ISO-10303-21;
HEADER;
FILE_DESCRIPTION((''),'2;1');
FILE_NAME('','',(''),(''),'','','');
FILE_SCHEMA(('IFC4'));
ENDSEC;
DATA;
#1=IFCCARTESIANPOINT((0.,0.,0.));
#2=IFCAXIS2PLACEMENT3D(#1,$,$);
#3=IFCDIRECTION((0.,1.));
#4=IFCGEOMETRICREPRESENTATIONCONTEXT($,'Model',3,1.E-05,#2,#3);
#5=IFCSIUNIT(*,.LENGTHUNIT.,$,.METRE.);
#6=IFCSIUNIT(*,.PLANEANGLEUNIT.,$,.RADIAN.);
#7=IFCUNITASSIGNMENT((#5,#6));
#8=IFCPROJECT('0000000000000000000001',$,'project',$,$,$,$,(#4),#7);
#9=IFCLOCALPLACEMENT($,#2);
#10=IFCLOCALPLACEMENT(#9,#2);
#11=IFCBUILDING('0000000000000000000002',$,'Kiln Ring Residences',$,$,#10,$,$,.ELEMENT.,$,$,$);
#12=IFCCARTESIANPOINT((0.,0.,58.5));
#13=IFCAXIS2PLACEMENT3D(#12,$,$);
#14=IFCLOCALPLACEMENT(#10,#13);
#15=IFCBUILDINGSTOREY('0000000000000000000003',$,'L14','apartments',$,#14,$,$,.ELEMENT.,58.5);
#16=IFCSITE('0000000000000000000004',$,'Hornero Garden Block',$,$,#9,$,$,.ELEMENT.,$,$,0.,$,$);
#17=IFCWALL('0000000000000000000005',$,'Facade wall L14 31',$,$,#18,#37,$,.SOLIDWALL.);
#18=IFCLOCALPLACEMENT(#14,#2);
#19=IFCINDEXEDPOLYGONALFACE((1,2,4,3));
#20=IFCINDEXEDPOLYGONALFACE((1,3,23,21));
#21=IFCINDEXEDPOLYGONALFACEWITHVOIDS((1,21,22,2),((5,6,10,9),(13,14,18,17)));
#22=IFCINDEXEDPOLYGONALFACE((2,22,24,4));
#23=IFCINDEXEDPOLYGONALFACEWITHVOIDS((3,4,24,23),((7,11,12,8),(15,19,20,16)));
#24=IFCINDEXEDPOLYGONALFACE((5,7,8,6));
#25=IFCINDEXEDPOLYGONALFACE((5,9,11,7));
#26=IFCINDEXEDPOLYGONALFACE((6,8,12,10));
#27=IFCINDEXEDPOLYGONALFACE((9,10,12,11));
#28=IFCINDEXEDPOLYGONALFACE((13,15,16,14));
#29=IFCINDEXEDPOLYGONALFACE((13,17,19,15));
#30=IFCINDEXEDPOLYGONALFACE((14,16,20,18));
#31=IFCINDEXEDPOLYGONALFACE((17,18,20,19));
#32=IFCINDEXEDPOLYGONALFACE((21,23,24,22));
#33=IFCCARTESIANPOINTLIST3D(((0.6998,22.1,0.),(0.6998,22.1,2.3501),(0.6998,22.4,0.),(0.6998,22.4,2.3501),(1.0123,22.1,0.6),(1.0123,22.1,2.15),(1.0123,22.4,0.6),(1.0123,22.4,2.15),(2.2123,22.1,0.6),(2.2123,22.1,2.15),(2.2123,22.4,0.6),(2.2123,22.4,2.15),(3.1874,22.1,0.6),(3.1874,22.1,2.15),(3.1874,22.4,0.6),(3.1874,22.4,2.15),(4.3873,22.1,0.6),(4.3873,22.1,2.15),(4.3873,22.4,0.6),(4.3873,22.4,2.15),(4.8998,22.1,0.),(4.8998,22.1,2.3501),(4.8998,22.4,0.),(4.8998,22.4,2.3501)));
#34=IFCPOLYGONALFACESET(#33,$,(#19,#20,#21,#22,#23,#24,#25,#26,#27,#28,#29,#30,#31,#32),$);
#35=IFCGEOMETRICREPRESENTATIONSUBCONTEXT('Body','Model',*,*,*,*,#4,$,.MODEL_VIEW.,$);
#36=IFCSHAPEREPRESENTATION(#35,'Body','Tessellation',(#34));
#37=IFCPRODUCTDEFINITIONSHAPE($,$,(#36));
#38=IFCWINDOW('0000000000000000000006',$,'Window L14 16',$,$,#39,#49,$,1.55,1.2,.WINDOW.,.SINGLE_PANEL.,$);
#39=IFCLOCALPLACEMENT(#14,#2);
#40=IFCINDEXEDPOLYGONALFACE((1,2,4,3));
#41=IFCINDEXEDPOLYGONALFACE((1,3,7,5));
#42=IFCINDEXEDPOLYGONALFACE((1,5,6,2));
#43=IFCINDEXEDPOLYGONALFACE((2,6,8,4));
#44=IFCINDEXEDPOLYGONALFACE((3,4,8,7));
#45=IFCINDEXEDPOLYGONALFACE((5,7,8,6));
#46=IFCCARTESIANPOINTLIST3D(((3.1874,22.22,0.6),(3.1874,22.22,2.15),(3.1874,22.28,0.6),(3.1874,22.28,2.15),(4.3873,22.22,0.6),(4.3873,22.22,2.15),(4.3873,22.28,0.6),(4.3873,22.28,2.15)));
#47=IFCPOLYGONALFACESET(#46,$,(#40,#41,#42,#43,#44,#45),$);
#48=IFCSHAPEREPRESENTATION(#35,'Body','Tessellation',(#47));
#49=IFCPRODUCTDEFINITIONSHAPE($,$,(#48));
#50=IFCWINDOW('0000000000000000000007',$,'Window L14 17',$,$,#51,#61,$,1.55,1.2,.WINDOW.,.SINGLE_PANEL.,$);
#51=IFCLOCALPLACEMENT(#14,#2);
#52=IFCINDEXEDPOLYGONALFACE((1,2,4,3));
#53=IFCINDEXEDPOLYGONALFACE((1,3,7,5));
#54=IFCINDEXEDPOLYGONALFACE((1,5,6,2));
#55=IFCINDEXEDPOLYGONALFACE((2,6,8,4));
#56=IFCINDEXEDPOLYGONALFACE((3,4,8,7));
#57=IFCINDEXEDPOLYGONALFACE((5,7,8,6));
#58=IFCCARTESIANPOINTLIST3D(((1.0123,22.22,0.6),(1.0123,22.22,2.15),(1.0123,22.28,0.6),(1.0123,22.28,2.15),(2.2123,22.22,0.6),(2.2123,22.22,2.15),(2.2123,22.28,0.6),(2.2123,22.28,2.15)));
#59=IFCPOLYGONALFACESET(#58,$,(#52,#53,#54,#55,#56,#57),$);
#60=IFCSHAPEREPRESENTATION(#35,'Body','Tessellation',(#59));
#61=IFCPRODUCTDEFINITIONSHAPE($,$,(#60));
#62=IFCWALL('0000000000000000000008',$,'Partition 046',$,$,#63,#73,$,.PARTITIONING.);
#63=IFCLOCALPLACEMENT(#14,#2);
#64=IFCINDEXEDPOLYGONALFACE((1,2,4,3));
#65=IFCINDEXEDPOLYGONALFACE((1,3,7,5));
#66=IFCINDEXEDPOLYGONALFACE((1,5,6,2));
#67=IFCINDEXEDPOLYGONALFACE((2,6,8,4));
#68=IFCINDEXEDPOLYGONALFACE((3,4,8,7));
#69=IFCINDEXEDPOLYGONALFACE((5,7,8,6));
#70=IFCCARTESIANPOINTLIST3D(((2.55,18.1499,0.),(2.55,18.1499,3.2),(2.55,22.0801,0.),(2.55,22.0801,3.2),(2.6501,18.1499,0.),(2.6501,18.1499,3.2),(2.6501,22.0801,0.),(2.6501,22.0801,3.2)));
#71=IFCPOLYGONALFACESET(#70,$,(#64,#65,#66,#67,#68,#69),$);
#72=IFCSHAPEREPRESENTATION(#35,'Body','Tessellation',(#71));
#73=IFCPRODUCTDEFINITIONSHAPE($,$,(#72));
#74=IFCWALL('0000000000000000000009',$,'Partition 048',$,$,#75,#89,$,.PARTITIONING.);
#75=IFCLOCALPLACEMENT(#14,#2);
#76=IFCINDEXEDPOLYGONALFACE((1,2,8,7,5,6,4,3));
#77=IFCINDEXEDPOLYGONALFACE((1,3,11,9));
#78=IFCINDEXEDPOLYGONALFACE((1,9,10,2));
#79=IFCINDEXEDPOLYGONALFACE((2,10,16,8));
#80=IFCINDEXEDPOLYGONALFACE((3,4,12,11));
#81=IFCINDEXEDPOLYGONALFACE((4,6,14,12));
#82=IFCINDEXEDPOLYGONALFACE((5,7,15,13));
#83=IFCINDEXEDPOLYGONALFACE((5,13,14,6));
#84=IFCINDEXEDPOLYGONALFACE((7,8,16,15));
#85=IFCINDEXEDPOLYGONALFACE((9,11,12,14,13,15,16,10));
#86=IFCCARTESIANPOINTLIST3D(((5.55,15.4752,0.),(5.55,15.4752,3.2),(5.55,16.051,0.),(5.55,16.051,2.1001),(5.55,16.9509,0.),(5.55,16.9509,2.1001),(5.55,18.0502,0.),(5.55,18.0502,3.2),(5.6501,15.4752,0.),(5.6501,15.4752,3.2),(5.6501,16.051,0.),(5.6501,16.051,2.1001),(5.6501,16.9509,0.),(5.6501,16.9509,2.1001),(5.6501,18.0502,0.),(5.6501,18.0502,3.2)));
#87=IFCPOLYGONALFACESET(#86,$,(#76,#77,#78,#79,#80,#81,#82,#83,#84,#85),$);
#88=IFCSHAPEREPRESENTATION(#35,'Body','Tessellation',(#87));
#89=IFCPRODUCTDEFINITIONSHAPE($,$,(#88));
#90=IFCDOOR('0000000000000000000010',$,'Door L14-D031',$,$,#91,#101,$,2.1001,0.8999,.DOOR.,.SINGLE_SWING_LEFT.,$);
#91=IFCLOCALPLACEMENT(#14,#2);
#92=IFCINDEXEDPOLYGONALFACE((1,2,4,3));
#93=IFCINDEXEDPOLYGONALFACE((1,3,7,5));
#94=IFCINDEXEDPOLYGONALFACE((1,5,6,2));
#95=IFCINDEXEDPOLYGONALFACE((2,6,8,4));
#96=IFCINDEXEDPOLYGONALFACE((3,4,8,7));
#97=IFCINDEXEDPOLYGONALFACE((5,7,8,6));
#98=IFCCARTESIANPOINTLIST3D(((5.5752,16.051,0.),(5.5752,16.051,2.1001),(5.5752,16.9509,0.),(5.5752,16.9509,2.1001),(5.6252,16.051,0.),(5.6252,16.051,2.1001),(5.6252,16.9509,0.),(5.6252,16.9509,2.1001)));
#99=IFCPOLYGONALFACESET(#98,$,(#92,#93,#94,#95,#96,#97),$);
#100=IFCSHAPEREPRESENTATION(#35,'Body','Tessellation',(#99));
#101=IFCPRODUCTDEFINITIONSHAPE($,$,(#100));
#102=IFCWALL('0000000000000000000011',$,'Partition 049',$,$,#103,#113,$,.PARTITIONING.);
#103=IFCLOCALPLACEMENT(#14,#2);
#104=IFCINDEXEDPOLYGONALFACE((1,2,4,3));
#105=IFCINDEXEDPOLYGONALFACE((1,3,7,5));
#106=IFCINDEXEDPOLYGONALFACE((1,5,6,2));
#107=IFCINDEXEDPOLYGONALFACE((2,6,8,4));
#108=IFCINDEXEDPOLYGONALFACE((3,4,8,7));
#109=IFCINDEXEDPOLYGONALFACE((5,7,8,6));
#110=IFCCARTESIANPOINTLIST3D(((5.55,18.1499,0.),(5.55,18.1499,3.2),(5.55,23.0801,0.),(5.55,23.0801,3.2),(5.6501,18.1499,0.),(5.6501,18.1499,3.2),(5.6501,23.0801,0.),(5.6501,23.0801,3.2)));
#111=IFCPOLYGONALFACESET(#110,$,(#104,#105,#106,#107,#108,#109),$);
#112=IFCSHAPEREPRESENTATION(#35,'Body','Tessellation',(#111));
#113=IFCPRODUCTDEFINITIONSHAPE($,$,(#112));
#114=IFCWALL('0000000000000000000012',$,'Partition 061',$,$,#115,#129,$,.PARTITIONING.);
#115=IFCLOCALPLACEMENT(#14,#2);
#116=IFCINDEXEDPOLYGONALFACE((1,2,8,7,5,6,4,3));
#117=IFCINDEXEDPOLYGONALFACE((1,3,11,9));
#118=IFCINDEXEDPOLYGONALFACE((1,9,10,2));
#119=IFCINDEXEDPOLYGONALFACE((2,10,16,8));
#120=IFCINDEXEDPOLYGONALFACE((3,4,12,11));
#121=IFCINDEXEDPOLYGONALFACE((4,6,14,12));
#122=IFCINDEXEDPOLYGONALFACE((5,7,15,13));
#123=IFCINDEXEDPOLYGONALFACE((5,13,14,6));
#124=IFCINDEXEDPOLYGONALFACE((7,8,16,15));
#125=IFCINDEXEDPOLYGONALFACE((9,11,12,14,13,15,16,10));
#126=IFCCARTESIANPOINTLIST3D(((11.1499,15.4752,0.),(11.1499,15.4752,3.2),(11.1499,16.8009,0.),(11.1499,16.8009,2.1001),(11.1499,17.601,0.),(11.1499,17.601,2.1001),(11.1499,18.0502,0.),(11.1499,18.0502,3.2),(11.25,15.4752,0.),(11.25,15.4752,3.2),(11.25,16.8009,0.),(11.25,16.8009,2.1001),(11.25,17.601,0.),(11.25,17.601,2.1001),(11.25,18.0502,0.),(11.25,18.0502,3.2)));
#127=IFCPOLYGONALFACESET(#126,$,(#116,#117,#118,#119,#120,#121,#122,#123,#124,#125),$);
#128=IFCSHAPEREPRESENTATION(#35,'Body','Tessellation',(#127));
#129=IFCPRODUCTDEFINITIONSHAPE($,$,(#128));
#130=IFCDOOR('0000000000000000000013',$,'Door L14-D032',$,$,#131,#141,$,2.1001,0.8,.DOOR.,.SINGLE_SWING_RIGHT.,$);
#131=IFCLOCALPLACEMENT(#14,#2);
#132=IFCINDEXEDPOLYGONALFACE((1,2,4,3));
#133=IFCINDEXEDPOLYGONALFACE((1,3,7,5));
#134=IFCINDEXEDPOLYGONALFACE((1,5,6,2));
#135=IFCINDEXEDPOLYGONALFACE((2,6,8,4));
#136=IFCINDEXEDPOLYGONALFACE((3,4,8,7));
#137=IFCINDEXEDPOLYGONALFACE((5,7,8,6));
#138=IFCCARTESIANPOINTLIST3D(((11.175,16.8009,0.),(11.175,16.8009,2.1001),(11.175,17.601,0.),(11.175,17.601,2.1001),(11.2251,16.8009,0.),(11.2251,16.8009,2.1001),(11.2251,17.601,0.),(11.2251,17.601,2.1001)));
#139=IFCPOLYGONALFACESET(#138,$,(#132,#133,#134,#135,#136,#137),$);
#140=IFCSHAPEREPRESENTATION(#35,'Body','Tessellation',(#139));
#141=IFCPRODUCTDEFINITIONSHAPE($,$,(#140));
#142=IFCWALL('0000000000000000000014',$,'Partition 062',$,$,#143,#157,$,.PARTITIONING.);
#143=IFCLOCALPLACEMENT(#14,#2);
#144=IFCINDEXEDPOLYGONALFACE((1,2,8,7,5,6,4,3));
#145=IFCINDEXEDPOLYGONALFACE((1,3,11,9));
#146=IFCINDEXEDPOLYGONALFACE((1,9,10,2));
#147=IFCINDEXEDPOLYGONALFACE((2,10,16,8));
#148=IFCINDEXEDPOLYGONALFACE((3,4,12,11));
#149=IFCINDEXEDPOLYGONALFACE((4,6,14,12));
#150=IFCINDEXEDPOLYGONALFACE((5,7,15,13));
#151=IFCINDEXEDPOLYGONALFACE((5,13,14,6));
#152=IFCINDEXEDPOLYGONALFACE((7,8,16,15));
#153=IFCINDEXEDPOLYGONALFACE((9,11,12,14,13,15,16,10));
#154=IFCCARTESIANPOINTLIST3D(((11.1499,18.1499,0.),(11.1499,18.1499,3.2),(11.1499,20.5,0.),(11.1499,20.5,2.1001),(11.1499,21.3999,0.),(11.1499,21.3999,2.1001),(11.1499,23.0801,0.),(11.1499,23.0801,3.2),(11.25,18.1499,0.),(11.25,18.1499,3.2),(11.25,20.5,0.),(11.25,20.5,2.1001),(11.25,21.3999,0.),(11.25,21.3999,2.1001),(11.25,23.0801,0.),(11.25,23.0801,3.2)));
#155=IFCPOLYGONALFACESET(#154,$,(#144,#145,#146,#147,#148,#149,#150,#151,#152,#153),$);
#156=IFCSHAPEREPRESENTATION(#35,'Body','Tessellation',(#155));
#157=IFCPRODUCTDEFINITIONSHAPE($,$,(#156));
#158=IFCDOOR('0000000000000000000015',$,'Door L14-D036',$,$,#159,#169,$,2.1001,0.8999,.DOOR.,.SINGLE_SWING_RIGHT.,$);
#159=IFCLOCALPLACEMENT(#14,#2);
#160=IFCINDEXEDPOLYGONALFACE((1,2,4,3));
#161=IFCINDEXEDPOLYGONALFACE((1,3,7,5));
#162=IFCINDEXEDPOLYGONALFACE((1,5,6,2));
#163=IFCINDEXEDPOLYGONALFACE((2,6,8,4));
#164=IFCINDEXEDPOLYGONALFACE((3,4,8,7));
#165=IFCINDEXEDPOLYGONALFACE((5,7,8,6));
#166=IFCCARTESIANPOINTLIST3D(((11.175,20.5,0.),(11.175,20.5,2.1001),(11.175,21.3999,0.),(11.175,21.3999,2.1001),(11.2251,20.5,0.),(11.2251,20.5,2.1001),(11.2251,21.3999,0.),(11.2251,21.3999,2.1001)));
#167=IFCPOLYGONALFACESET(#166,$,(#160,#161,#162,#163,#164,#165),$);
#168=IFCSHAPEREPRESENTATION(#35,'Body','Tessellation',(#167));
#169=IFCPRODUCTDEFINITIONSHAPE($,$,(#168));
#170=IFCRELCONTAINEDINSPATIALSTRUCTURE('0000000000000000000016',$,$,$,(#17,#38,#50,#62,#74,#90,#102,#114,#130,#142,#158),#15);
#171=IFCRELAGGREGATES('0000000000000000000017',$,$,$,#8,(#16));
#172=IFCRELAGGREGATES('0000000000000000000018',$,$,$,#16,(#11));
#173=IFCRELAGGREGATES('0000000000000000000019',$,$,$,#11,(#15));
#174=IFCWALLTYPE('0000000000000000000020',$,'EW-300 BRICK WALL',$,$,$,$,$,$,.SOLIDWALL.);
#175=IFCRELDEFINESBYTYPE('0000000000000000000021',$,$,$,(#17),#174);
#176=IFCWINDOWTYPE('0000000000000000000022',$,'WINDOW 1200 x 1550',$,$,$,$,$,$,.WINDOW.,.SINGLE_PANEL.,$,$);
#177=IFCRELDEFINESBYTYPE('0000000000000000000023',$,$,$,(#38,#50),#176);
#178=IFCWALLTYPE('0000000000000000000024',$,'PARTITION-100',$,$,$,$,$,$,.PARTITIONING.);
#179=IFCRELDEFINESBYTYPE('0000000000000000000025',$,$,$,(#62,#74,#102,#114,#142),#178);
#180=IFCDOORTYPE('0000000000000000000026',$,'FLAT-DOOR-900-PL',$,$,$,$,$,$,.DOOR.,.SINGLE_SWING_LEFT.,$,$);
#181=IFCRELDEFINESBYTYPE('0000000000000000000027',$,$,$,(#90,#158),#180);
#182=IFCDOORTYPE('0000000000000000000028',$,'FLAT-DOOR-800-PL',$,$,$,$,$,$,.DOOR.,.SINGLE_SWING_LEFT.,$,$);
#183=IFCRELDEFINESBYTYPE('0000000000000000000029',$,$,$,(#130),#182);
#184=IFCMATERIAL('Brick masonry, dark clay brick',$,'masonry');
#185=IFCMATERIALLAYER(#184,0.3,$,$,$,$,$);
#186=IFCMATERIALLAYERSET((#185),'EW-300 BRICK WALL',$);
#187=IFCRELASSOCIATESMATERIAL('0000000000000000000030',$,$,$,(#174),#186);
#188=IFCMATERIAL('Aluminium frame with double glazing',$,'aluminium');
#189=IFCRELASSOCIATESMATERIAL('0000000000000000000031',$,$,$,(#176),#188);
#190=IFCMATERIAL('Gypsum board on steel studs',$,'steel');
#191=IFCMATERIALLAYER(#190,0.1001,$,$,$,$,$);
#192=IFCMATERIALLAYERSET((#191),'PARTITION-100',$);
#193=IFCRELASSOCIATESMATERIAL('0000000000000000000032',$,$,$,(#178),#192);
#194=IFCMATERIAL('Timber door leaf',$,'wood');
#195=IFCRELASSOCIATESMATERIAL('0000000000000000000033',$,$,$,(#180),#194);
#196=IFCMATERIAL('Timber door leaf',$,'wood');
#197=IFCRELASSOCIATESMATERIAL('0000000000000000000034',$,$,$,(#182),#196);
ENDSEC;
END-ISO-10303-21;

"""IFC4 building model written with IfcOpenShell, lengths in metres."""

from ifc_helpers import new_model, si_unit, direction, frame, frame_2d, origin, place, context, subcontext, project, spatial, rectangle, extrude, material, layer, layer_set, type_object, element, fill, save


model = new_model("IFC4")

# Units and contexts
model_context = context("Model", 3, precision=1e-05, world=origin(), true_north=direction((0.0, 1.0)))
body_context = subcontext(model_context, "Body", "Model", "MODEL_VIEW")
ifc_project = project(units=[si_unit("LENGTHUNIT", "METRE"), si_unit("PLANEANGLEUNIT", "RADIAN")], contexts=[model_context])

# Site, building, storey
site_placement = place(None, origin())
site = spatial("IfcSite", under=ifc_project, at=site_placement, Name="Hornero Garden Block", CompositionType="ELEMENT", RefElevation=0.0)
building_placement = place(site_placement, origin())
building = spatial("IfcBuilding", under=site, at=building_placement, Name="Kiln Ring Residences", CompositionType="ELEMENT")
storey_placement = place(building_placement, frame((0.0, 0.0, 58.5)))
storey = spatial("IfcBuildingStorey", under=building, at=storey_placement, Name="L14", Description="apartments", CompositionType="ELEMENT", Elevation=58.5)

# Shared definitions
ifc_material_1 = material(Name="Brick masonry, dark clay brick", Category="masonry")
ifc_layer_1 = layer(ifc_material_1, 0.3)
ifc_layer_set_1 = layer_set([ifc_layer_1], Name="EW-300 BRICK WALL")
wall_type_1 = type_object("IfcWallType", Name="EW-300 BRICK WALL", PredefinedType="SOLIDWALL", material=ifc_layer_set_1)

# Wall, openings, windows
wall_1_placement = place(storey_placement, frame((4.8999, 22.25, 0.0), z_axis=(0.0, 0.0, 1.0), x_axis=(-1.0, 0.0, 0.0)))
wall_1 = element("IfcWall", 1, at=wall_1_placement, inside=storey, type_object=wall_type_1, Name="Facade wall L14 31", PredefinedType="SOLIDWALL", context=body_context, shape_type="SweptSolid", body=[
    extrude(rectangle(XDim=4.2, YDim=0.3, at=frame_2d((2.1001, 0.0))), origin(), (0.0, 0.0, 1.0), 2.3501),
])
opening_1_placement = place(wall_1_placement, frame((0.5125, 0.0, 0.6001)))
opening_1 = element("IfcOpeningElement", 2, at=opening_1_placement, cuts=wall_1, PredefinedType="OPENING", context=body_context, shape_type="SweptSolid", body=[
    extrude(rectangle(XDim=1.2, YDim=1.55, at=frame_2d((0.6001, 0.7749))), frame((0.0, 0.1599, 0.0), z_axis=(0.0, -1.0, 0.0), x_axis=(1.0, 0.0, 0.0)), (0.0, 0.0, 1.0), 0.3201),
])
opening_2_placement = place(wall_1_placement, frame((2.6875, 0.0, 0.6001)))
opening_2 = element("IfcOpeningElement", 3, at=opening_2_placement, cuts=wall_1, PredefinedType="OPENING", context=body_context, shape_type="SweptSolid", body=[
    extrude(rectangle(XDim=1.2, YDim=1.55, at=frame_2d((0.6001, 0.7749))), frame((0.0, 0.1599, 0.0), z_axis=(0.0, -1.0, 0.0), x_axis=(1.0, 0.0, 0.0)), (0.0, 0.0, 1.0), 0.3201),
])
ifc_material_2 = material(Name="Aluminium frame with double glazing", Category="aluminium")
window_type_1 = type_object("IfcWindowType", Name="WINDOW 1200 x 1550", PartitioningType="SINGLE_PANEL", PredefinedType="WINDOW", material=ifc_material_2)
window_1_placement = place(opening_1_placement, origin())
window_1 = element("IfcWindow", 4, at=window_1_placement, inside=storey, type_object=window_type_1, Name="Window L14 16", OverallHeight=1.55, OverallWidth=1.2, PartitioningType="SINGLE_PANEL", PredefinedType="WINDOW", context=body_context, shape_type="SweptSolid", body=[
    extrude(rectangle(XDim=1.2, YDim=1.55, at=frame_2d((0.6001, 0.7749))), frame((0.0, 0.03, 0.0), z_axis=(0.0, -1.0, 0.0), x_axis=(1.0, 0.0, 0.0)), (0.0, 0.0, 1.0), 0.0601),
])
fill(opening_1, window_1)
window_2_placement = place(opening_2_placement, origin())
window_2 = element("IfcWindow", 5, at=window_2_placement, inside=storey, type_object=window_type_1, Name="Window L14 17", OverallHeight=1.55, OverallWidth=1.2, PartitioningType="SINGLE_PANEL", PredefinedType="WINDOW", context=body_context, shape_type="SweptSolid", body=[
    extrude(rectangle(XDim=1.2, YDim=1.55, at=frame_2d((0.6001, 0.7749))), frame((0.0, 0.03, 0.0), z_axis=(0.0, -1.0, 0.0), x_axis=(1.0, 0.0, 0.0)), (0.0, 0.0, 1.0), 0.0601),
])
fill(opening_2, window_2)

# Wall
ifc_material_3 = material(Name="Gypsum board on steel studs", Category="steel")
ifc_layer_2 = layer(ifc_material_3, 0.1001)
ifc_layer_set_2 = layer_set([ifc_layer_2], Name="PARTITION-100")
wall_type_2 = type_object("IfcWallType", Name="PARTITION-100", PredefinedType="PARTITIONING", material=ifc_layer_set_2)
wall_2_placement = place(storey_placement, frame((2.6001, 18.1499, 0.0), z_axis=(0.0, 0.0, 1.0), x_axis=(0.0, 1.0, 0.0)))
element("IfcWall", 6, at=wall_2_placement, inside=storey, type_object=wall_type_2, Name="Partition 046", PredefinedType="PARTITIONING", context=body_context, shape_type="SweptSolid", body=[
    extrude(rectangle(XDim=3.9302, YDim=0.1001, at=frame_2d((1.9651, 0.0))), origin(), (0.0, 0.0, 1.0), 3.2),
])

# Wall, opening, door
wall_3_placement = place(storey_placement, frame((5.6001, 15.4751, 0.0), z_axis=(0.0, 0.0, 1.0), x_axis=(0.0, 1.0, 0.0)))
wall_3 = element("IfcWall", 7, at=wall_3_placement, inside=storey, type_object=wall_type_2, Name="Partition 048", PredefinedType="PARTITIONING", context=body_context, shape_type="SweptSolid", body=[
    extrude(rectangle(XDim=2.575, YDim=0.1001, at=frame_2d((1.2876, 0.0))), origin(), (0.0, 0.0, 1.0), 3.2),
])
opening_3_placement = place(wall_3_placement, frame((0.5759, 0.0, 0.0)))
opening_3 = element("IfcOpeningElement", 8, at=opening_3_placement, cuts=wall_3, PredefinedType="OPENING", context=body_context, shape_type="SweptSolid", body=[
    extrude(rectangle(XDim=0.8999, YDim=2.1001, at=frame_2d((0.45, 1.05))), frame((0.0, 0.0601, 0.0), z_axis=(0.0, -1.0, 0.0), x_axis=(1.0, 0.0, 0.0)), (0.0, 0.0, 1.0), 0.1201),
])
ifc_material_4 = material(Name="Timber door leaf", Category="wood")
door_type_1 = type_object("IfcDoorType", Name="FLAT-DOOR-900-PL", OperationType="SINGLE_SWING_LEFT", PredefinedType="DOOR", material=ifc_material_4)
door_1_placement = place(opening_3_placement, origin())
door_1 = element("IfcDoor", 9, at=door_1_placement, inside=storey, type_object=door_type_1, Name="Door L14-D031", OperationType="SINGLE_SWING_LEFT", OverallHeight=2.1001, OverallWidth=0.8999, PredefinedType="DOOR", context=body_context, shape_type="SweptSolid", body=[
    extrude(rectangle(XDim=0.8999, YDim=2.1001, at=frame_2d((0.45, 1.05))), frame((0.0, 0.0249, 0.0), z_axis=(0.0, -1.0, 0.0), x_axis=(1.0, 0.0, 0.0)), (0.0, 0.0, 1.0), 0.05),
])
fill(opening_3, door_1)

# Wall
wall_4_placement = place(storey_placement, frame((5.6001, 18.1499, 0.0), z_axis=(0.0, 0.0, 1.0), x_axis=(0.0, 1.0, 0.0)))
element("IfcWall", 10, at=wall_4_placement, inside=storey, type_object=wall_type_2, Name="Partition 049", PredefinedType="PARTITIONING", context=body_context, shape_type="SweptSolid", body=[
    extrude(rectangle(XDim=4.9302, YDim=0.1001, at=frame_2d((2.4651, 0.0))), origin(), (0.0, 0.0, 1.0), 3.2),
])

# Walls, openings, doors
wall_5_placement = place(storey_placement, frame((11.2, 15.4751, 0.0), z_axis=(0.0, 0.0, 1.0), x_axis=(0.0, 1.0, 0.0)))
wall_5 = element("IfcWall", 11, at=wall_5_placement, inside=storey, type_object=wall_type_2, Name="Partition 061", PredefinedType="PARTITIONING", context=body_context, shape_type="SweptSolid", body=[
    extrude(rectangle(XDim=2.575, YDim=0.1001, at=frame_2d((1.2876, 0.0))), origin(), (0.0, 0.0, 1.0), 3.2),
])
opening_4_placement = place(wall_5_placement, frame((1.3259, 0.0, 0.0)))
opening_4 = element("IfcOpeningElement", 12, at=opening_4_placement, cuts=wall_5, PredefinedType="OPENING", context=body_context, shape_type="SweptSolid", body=[
    extrude(rectangle(XDim=0.8, YDim=2.1001, at=frame_2d((0.3999, 1.05))), frame((0.0, 0.0601, 0.0), z_axis=(0.0, -1.0, 0.0), x_axis=(1.0, 0.0, 0.0)), (0.0, 0.0, 1.0), 0.1201),
])
ifc_material_5 = material(Name="Timber door leaf", Category="wood")
door_type_2 = type_object("IfcDoorType", Name="FLAT-DOOR-800-PL", OperationType="SINGLE_SWING_LEFT", PredefinedType="DOOR", material=ifc_material_5)
door_2_placement = place(opening_4_placement, origin())
door_2 = element("IfcDoor", 13, at=door_2_placement, inside=storey, type_object=door_type_2, Name="Door L14-D032", OperationType="SINGLE_SWING_RIGHT", OverallHeight=2.1001, OverallWidth=0.8, PredefinedType="DOOR", context=body_context, shape_type="SweptSolid", body=[
    extrude(rectangle(XDim=0.8, YDim=2.1001, at=frame_2d((0.3999, 1.05))), frame((0.0, 0.0249, 0.0), z_axis=(0.0, -1.0, 0.0), x_axis=(1.0, 0.0, 0.0)), (0.0, 0.0, 1.0), 0.05),
])
fill(opening_4, door_2)
wall_6_placement = place(storey_placement, frame((11.2, 18.1499, 0.0), z_axis=(0.0, 0.0, 1.0), x_axis=(0.0, 1.0, 0.0)))
wall_6 = element("IfcWall", 14, at=wall_6_placement, inside=storey, type_object=wall_type_2, Name="Partition 062", PredefinedType="PARTITIONING", context=body_context, shape_type="SweptSolid", body=[
    extrude(rectangle(XDim=4.9302, YDim=0.1001, at=frame_2d((2.4651, 0.0))), origin(), (0.0, 0.0, 1.0), 3.2),
])
opening_5_placement = place(wall_6_placement, frame((2.3501, 0.0, 0.0)))
opening_5 = element("IfcOpeningElement", 15, at=opening_5_placement, cuts=wall_6, PredefinedType="OPENING", context=body_context, shape_type="SweptSolid", body=[
    extrude(rectangle(XDim=0.8999, YDim=2.1001, at=frame_2d((0.45, 1.05))), frame((0.0, 0.0601, 0.0), z_axis=(0.0, -1.0, 0.0), x_axis=(1.0, 0.0, 0.0)), (0.0, 0.0, 1.0), 0.1201),
])
door_3_placement = place(opening_5_placement, origin())
door_3 = element("IfcDoor", 16, at=door_3_placement, inside=storey, type_object=door_type_1, Name="Door L14-D036", OperationType="SINGLE_SWING_RIGHT", OverallHeight=2.1001, OverallWidth=0.8999, PredefinedType="DOOR", context=body_context, shape_type="SweptSolid", body=[
    extrude(rectangle(XDim=0.8999, YDim=2.1001, at=frame_2d((0.45, 1.05))), frame((0.0, 0.0249, 0.0), z_axis=(0.0, -1.0, 0.0), x_axis=(1.0, 0.0, 0.0)), (0.0, 0.0, 1.0), 0.05),
])
fill(opening_5, door_3)

save(model, "model.ifc")
